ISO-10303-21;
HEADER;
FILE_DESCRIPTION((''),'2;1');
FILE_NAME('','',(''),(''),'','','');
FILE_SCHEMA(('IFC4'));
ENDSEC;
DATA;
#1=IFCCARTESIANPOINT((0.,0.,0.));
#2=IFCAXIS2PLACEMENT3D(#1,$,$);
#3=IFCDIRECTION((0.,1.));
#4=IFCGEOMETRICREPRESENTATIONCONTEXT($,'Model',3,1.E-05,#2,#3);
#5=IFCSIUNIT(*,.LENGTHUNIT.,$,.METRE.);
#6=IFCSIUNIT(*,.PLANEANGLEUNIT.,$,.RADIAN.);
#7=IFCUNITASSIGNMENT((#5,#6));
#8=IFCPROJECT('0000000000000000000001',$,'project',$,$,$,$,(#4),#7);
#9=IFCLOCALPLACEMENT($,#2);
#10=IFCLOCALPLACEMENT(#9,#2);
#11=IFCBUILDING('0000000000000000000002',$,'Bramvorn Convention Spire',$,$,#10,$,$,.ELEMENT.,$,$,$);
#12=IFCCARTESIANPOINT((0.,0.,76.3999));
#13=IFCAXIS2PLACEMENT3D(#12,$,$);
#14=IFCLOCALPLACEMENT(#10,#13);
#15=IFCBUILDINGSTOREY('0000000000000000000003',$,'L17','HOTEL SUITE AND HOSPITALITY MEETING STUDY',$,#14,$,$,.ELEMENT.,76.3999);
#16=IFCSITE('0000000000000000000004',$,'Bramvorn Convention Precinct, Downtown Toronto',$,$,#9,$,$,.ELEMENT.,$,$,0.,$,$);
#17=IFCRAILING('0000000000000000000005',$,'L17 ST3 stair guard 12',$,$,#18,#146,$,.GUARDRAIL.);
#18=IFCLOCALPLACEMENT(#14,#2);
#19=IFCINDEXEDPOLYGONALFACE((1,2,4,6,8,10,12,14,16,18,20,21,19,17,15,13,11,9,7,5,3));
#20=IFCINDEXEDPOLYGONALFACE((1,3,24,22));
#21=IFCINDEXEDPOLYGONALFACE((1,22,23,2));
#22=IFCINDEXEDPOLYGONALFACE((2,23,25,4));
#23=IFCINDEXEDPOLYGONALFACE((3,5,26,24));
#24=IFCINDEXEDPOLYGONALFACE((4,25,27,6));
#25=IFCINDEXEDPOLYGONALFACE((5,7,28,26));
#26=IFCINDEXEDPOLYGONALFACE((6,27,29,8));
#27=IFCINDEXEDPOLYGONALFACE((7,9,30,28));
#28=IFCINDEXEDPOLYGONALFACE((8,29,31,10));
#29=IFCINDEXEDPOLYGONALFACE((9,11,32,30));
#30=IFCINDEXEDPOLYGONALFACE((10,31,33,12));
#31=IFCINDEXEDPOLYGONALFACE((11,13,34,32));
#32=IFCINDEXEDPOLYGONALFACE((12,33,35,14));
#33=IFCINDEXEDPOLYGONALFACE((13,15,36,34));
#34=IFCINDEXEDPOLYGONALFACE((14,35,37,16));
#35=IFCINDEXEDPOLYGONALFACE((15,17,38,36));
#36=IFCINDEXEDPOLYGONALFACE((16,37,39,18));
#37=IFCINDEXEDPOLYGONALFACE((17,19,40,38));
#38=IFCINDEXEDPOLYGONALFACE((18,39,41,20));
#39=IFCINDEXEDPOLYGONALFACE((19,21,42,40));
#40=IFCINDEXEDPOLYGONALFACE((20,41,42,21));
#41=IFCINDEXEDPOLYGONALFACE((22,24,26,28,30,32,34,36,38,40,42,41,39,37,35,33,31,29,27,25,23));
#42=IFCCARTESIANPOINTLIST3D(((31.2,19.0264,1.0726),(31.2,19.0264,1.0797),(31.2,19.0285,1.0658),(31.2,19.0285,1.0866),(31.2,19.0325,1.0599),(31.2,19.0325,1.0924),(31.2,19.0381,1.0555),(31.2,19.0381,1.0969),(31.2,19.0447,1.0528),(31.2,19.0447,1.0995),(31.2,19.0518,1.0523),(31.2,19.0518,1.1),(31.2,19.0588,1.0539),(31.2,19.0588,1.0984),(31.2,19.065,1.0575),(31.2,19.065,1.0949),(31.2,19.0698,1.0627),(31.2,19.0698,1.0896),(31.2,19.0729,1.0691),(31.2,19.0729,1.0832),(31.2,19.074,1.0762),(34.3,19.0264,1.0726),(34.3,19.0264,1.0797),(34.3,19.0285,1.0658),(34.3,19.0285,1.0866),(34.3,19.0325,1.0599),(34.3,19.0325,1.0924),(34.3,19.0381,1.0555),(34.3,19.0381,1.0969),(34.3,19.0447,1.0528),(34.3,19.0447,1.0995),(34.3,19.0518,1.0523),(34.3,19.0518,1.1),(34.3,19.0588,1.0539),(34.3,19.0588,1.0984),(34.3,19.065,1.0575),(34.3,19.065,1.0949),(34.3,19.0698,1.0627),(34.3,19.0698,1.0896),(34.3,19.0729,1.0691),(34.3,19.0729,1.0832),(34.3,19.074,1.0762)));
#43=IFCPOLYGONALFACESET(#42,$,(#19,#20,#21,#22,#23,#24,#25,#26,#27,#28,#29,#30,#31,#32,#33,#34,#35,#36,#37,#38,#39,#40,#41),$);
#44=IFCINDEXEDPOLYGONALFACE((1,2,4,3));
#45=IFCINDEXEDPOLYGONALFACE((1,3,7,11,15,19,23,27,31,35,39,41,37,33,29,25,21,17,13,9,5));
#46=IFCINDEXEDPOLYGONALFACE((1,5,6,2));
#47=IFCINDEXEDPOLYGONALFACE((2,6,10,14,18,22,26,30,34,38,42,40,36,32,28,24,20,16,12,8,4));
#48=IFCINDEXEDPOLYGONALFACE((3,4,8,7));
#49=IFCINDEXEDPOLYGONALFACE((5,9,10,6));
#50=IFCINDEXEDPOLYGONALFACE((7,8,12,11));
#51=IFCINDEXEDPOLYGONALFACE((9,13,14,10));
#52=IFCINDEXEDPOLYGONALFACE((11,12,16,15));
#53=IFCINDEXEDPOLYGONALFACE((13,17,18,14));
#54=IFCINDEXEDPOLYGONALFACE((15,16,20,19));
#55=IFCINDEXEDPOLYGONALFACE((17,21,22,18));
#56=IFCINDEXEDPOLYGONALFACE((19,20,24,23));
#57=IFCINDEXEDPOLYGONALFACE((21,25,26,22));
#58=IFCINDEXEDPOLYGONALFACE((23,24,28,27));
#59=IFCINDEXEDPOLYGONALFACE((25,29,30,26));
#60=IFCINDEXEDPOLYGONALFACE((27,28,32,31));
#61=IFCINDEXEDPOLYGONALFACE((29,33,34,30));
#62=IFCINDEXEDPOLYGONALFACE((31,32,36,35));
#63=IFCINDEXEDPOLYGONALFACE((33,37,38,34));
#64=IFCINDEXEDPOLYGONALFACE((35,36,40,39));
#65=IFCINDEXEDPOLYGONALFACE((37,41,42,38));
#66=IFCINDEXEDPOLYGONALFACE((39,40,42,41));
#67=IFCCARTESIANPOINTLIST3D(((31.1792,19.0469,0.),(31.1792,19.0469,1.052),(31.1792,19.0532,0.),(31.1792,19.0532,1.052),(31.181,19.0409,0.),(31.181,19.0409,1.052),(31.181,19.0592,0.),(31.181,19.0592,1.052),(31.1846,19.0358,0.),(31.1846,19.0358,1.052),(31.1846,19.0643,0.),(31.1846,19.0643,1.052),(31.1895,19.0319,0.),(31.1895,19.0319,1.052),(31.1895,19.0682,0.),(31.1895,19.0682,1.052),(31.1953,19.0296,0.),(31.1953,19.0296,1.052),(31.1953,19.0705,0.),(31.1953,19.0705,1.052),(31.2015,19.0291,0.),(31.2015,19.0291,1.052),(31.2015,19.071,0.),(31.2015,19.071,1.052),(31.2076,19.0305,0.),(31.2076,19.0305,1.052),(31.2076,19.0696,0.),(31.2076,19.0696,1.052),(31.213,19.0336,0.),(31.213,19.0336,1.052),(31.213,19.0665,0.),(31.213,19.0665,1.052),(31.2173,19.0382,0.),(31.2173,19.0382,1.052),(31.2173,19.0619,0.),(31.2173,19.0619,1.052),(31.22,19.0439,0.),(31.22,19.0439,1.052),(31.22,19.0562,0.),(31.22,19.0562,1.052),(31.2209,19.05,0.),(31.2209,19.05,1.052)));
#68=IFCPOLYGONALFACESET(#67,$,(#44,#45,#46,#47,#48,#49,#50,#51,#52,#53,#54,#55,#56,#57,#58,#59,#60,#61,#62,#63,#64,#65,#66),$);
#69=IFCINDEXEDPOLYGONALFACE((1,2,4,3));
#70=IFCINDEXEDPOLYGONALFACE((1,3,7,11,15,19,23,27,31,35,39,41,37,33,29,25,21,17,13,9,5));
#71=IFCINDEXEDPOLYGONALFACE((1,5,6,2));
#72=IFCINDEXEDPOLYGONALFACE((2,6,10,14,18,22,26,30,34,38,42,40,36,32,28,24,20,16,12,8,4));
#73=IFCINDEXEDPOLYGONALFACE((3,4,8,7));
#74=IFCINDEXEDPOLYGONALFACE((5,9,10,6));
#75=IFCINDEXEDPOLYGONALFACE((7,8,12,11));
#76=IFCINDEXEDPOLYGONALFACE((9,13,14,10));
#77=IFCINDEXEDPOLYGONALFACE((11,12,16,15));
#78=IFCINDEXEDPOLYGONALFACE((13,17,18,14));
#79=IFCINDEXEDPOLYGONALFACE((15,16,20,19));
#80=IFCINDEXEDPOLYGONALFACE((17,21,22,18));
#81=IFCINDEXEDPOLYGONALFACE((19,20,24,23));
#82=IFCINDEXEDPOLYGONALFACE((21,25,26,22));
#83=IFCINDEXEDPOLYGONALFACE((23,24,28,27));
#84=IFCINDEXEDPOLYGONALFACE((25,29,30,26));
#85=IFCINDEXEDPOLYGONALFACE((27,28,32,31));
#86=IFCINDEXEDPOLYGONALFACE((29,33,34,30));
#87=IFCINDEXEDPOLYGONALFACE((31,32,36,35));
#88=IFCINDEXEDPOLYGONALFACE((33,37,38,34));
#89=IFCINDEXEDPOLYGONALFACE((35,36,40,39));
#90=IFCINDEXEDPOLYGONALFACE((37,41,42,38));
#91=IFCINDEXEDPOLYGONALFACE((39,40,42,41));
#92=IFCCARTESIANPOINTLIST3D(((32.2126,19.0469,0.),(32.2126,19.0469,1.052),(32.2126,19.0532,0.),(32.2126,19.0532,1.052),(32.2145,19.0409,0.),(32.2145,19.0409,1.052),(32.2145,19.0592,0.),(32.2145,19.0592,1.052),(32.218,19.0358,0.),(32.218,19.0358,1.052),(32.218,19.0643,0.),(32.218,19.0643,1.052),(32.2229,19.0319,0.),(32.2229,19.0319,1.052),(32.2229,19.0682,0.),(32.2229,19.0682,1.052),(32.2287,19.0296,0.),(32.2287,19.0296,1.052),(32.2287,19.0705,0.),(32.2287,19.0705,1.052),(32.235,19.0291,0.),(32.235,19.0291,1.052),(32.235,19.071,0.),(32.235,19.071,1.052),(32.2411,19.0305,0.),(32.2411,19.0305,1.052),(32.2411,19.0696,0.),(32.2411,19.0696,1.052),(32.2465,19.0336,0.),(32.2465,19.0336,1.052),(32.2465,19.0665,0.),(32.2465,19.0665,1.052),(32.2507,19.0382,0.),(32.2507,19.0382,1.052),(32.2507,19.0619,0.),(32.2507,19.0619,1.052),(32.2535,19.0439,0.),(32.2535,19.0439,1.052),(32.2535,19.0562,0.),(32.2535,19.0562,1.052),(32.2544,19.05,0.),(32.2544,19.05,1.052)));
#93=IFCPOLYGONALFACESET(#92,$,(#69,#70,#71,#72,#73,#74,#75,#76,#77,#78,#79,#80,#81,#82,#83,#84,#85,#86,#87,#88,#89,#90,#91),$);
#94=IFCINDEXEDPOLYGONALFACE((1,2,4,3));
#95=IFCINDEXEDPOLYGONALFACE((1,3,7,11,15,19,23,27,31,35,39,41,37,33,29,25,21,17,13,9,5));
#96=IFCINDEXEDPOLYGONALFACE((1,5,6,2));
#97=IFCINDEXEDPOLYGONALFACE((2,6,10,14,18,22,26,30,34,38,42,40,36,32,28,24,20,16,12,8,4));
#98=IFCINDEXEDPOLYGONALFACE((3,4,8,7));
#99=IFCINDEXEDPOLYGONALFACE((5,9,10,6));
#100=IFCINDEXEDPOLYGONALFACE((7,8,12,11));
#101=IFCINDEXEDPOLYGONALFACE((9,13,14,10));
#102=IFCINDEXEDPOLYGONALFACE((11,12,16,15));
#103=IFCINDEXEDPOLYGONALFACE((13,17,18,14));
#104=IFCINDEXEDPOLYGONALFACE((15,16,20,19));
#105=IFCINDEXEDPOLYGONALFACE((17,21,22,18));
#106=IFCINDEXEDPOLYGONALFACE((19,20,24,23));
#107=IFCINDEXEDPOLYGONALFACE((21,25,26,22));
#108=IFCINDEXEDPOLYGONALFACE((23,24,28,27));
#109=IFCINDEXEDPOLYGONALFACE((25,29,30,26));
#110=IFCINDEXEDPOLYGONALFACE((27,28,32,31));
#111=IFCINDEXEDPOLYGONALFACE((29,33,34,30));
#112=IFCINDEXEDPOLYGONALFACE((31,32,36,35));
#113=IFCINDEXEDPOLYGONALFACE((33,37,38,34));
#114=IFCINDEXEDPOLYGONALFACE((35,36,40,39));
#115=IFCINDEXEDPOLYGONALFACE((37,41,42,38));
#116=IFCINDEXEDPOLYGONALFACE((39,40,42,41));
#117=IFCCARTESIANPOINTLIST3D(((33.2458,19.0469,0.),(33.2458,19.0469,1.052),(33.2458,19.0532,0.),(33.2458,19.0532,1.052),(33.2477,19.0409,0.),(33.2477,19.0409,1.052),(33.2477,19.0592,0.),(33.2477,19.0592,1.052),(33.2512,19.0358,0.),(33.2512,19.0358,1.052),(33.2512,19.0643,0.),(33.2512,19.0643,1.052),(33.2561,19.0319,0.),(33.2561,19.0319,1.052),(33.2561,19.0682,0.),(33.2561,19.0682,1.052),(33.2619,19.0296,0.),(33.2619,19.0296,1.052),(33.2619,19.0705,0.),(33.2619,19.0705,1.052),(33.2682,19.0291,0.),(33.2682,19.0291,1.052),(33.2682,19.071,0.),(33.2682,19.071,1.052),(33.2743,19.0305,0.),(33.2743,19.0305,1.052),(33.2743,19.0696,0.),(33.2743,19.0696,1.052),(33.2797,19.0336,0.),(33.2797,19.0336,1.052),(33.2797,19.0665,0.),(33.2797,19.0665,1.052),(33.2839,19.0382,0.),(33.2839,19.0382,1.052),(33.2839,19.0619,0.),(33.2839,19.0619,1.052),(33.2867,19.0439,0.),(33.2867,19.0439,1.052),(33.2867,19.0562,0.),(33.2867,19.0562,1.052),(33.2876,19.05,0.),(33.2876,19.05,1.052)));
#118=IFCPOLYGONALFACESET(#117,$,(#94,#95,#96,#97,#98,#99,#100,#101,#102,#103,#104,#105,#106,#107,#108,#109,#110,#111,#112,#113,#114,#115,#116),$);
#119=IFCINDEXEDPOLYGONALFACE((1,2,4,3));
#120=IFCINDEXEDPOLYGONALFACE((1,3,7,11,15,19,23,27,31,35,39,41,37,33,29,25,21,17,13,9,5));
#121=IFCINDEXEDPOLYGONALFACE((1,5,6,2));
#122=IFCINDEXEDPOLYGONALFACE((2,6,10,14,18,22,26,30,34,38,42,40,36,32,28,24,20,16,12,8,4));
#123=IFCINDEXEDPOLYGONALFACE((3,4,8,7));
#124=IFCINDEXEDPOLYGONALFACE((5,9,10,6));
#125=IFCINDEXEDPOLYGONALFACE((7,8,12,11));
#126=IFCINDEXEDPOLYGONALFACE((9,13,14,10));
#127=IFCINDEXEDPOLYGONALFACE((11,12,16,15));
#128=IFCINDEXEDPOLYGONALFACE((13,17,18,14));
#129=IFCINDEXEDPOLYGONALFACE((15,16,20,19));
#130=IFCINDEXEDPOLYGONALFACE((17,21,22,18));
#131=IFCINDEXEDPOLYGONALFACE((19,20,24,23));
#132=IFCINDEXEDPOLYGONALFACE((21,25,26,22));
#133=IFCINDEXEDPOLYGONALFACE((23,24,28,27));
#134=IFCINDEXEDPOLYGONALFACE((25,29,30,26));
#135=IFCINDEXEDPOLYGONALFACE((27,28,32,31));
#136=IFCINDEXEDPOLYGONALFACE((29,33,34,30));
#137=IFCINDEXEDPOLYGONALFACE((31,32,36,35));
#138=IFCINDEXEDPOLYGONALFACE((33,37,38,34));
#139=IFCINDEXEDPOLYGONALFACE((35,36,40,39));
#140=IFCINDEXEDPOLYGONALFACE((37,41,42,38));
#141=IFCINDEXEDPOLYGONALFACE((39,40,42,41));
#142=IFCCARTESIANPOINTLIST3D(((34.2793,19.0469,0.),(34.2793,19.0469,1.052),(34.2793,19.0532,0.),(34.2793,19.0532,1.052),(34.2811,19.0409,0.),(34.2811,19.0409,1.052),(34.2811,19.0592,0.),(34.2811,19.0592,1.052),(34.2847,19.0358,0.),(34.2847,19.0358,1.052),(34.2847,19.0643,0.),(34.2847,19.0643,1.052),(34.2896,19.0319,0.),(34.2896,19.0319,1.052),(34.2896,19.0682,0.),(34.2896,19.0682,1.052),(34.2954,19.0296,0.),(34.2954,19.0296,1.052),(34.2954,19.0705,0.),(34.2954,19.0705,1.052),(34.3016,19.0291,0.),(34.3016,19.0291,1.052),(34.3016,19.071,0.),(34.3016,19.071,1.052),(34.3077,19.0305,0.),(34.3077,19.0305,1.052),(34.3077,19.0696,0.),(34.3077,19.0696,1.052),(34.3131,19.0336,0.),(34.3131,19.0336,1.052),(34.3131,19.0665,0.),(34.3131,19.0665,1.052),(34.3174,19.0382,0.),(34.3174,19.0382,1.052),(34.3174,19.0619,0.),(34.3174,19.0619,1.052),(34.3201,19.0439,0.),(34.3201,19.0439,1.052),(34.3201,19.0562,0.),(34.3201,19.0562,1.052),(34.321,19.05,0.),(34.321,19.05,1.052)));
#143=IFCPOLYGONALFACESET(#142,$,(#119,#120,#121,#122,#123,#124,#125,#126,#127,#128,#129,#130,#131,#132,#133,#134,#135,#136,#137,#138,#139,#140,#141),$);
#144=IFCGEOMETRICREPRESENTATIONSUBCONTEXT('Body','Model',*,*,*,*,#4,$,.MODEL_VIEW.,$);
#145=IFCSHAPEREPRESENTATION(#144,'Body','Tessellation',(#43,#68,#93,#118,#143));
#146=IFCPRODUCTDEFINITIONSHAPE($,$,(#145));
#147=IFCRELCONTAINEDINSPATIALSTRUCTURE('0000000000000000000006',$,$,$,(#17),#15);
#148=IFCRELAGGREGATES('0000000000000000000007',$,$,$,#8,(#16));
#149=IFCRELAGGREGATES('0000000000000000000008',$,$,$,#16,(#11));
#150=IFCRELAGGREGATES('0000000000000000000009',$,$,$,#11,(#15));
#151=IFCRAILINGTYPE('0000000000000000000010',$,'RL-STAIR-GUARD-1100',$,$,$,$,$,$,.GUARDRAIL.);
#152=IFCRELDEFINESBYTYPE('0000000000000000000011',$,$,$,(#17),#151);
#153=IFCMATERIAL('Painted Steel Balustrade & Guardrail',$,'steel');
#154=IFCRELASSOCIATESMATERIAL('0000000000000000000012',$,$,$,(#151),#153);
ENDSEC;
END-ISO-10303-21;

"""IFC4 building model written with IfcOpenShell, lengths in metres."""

from ifc_helpers import new_model, si_unit, direction, frame, origin, origin_2d, place, context, subcontext, project, spatial, circle, extrude, material, type_object, element, save


model = new_model("IFC4")

# Units and contexts
model_context = context("Model", 3, precision=1e-05, world=origin(), true_north=direction((0.0, 1.0)))
body_context = subcontext(model_context, "Body", "Model", "MODEL_VIEW")
ifc_project = project(units=[si_unit("LENGTHUNIT", "METRE"), si_unit("PLANEANGLEUNIT", "RADIAN")], contexts=[model_context])

# Site, building, storey
site_placement = place(None, origin())
site = spatial("IfcSite", under=ifc_project, at=site_placement, Name="Bramvorn Convention Precinct, Downtown Toronto", CompositionType="ELEMENT", RefElevation=0.0)
building_placement = place(site_placement, origin())
building = spatial("IfcBuilding", under=site, at=building_placement, Name="Bramvorn Convention Spire", CompositionType="ELEMENT")
storey_placement = place(building_placement, frame((0.0, 0.0, 76.3999)))
storey = spatial("IfcBuildingStorey", under=building, at=storey_placement, Name="L17", Description="HOTEL SUITE AND HOSPITALITY MEETING STUDY", CompositionType="ELEMENT", Elevation=76.3999)

# Railing
ifc_material_1 = material(Name="Painted Steel Balustrade & Guardrail", Category="steel")
railing_type = type_object("IfcRailingType", Name="RL-STAIR-GUARD-1100", PredefinedType="GUARDRAIL", material=ifc_material_1)
railing_1_placement = place(storey_placement, frame((31.2, 19.05, 0.0)))
element("IfcRailing", 1, at=railing_1_placement, inside=storey, type_object=railing_type, Name="L17 ST3 stair guard 12", PredefinedType="GUARDRAIL", context=body_context, shape_type="SweptSolid", body=[
    extrude(circle(Radius=0.0239, at=origin_2d()), frame((0.0, 0.0, 1.0762), z_axis=(1.0, 0.0, 0.0), x_axis=(0.0, 1.0, 0.0)), (0.0, 0.0, 1.0), 3.1001),
    extrude(circle(Radius=0.021, at=origin_2d()), origin(), (0.0, 0.0, 1.0), 1.052),
    extrude(circle(Radius=0.021, at=origin_2d()), frame((1.0334, 0.0, 0.0)), (0.0, 0.0, 1.0), 1.052),
    extrude(circle(Radius=0.021, at=origin_2d()), frame((2.0667, 0.0, 0.0)), (0.0, 0.0, 1.0), 1.052),
    extrude(circle(Radius=0.021, at=origin_2d()), frame((3.1001, 0.0, 0.0)), (0.0, 0.0, 1.0), 1.052),
])

save(model, "model.ifc")
